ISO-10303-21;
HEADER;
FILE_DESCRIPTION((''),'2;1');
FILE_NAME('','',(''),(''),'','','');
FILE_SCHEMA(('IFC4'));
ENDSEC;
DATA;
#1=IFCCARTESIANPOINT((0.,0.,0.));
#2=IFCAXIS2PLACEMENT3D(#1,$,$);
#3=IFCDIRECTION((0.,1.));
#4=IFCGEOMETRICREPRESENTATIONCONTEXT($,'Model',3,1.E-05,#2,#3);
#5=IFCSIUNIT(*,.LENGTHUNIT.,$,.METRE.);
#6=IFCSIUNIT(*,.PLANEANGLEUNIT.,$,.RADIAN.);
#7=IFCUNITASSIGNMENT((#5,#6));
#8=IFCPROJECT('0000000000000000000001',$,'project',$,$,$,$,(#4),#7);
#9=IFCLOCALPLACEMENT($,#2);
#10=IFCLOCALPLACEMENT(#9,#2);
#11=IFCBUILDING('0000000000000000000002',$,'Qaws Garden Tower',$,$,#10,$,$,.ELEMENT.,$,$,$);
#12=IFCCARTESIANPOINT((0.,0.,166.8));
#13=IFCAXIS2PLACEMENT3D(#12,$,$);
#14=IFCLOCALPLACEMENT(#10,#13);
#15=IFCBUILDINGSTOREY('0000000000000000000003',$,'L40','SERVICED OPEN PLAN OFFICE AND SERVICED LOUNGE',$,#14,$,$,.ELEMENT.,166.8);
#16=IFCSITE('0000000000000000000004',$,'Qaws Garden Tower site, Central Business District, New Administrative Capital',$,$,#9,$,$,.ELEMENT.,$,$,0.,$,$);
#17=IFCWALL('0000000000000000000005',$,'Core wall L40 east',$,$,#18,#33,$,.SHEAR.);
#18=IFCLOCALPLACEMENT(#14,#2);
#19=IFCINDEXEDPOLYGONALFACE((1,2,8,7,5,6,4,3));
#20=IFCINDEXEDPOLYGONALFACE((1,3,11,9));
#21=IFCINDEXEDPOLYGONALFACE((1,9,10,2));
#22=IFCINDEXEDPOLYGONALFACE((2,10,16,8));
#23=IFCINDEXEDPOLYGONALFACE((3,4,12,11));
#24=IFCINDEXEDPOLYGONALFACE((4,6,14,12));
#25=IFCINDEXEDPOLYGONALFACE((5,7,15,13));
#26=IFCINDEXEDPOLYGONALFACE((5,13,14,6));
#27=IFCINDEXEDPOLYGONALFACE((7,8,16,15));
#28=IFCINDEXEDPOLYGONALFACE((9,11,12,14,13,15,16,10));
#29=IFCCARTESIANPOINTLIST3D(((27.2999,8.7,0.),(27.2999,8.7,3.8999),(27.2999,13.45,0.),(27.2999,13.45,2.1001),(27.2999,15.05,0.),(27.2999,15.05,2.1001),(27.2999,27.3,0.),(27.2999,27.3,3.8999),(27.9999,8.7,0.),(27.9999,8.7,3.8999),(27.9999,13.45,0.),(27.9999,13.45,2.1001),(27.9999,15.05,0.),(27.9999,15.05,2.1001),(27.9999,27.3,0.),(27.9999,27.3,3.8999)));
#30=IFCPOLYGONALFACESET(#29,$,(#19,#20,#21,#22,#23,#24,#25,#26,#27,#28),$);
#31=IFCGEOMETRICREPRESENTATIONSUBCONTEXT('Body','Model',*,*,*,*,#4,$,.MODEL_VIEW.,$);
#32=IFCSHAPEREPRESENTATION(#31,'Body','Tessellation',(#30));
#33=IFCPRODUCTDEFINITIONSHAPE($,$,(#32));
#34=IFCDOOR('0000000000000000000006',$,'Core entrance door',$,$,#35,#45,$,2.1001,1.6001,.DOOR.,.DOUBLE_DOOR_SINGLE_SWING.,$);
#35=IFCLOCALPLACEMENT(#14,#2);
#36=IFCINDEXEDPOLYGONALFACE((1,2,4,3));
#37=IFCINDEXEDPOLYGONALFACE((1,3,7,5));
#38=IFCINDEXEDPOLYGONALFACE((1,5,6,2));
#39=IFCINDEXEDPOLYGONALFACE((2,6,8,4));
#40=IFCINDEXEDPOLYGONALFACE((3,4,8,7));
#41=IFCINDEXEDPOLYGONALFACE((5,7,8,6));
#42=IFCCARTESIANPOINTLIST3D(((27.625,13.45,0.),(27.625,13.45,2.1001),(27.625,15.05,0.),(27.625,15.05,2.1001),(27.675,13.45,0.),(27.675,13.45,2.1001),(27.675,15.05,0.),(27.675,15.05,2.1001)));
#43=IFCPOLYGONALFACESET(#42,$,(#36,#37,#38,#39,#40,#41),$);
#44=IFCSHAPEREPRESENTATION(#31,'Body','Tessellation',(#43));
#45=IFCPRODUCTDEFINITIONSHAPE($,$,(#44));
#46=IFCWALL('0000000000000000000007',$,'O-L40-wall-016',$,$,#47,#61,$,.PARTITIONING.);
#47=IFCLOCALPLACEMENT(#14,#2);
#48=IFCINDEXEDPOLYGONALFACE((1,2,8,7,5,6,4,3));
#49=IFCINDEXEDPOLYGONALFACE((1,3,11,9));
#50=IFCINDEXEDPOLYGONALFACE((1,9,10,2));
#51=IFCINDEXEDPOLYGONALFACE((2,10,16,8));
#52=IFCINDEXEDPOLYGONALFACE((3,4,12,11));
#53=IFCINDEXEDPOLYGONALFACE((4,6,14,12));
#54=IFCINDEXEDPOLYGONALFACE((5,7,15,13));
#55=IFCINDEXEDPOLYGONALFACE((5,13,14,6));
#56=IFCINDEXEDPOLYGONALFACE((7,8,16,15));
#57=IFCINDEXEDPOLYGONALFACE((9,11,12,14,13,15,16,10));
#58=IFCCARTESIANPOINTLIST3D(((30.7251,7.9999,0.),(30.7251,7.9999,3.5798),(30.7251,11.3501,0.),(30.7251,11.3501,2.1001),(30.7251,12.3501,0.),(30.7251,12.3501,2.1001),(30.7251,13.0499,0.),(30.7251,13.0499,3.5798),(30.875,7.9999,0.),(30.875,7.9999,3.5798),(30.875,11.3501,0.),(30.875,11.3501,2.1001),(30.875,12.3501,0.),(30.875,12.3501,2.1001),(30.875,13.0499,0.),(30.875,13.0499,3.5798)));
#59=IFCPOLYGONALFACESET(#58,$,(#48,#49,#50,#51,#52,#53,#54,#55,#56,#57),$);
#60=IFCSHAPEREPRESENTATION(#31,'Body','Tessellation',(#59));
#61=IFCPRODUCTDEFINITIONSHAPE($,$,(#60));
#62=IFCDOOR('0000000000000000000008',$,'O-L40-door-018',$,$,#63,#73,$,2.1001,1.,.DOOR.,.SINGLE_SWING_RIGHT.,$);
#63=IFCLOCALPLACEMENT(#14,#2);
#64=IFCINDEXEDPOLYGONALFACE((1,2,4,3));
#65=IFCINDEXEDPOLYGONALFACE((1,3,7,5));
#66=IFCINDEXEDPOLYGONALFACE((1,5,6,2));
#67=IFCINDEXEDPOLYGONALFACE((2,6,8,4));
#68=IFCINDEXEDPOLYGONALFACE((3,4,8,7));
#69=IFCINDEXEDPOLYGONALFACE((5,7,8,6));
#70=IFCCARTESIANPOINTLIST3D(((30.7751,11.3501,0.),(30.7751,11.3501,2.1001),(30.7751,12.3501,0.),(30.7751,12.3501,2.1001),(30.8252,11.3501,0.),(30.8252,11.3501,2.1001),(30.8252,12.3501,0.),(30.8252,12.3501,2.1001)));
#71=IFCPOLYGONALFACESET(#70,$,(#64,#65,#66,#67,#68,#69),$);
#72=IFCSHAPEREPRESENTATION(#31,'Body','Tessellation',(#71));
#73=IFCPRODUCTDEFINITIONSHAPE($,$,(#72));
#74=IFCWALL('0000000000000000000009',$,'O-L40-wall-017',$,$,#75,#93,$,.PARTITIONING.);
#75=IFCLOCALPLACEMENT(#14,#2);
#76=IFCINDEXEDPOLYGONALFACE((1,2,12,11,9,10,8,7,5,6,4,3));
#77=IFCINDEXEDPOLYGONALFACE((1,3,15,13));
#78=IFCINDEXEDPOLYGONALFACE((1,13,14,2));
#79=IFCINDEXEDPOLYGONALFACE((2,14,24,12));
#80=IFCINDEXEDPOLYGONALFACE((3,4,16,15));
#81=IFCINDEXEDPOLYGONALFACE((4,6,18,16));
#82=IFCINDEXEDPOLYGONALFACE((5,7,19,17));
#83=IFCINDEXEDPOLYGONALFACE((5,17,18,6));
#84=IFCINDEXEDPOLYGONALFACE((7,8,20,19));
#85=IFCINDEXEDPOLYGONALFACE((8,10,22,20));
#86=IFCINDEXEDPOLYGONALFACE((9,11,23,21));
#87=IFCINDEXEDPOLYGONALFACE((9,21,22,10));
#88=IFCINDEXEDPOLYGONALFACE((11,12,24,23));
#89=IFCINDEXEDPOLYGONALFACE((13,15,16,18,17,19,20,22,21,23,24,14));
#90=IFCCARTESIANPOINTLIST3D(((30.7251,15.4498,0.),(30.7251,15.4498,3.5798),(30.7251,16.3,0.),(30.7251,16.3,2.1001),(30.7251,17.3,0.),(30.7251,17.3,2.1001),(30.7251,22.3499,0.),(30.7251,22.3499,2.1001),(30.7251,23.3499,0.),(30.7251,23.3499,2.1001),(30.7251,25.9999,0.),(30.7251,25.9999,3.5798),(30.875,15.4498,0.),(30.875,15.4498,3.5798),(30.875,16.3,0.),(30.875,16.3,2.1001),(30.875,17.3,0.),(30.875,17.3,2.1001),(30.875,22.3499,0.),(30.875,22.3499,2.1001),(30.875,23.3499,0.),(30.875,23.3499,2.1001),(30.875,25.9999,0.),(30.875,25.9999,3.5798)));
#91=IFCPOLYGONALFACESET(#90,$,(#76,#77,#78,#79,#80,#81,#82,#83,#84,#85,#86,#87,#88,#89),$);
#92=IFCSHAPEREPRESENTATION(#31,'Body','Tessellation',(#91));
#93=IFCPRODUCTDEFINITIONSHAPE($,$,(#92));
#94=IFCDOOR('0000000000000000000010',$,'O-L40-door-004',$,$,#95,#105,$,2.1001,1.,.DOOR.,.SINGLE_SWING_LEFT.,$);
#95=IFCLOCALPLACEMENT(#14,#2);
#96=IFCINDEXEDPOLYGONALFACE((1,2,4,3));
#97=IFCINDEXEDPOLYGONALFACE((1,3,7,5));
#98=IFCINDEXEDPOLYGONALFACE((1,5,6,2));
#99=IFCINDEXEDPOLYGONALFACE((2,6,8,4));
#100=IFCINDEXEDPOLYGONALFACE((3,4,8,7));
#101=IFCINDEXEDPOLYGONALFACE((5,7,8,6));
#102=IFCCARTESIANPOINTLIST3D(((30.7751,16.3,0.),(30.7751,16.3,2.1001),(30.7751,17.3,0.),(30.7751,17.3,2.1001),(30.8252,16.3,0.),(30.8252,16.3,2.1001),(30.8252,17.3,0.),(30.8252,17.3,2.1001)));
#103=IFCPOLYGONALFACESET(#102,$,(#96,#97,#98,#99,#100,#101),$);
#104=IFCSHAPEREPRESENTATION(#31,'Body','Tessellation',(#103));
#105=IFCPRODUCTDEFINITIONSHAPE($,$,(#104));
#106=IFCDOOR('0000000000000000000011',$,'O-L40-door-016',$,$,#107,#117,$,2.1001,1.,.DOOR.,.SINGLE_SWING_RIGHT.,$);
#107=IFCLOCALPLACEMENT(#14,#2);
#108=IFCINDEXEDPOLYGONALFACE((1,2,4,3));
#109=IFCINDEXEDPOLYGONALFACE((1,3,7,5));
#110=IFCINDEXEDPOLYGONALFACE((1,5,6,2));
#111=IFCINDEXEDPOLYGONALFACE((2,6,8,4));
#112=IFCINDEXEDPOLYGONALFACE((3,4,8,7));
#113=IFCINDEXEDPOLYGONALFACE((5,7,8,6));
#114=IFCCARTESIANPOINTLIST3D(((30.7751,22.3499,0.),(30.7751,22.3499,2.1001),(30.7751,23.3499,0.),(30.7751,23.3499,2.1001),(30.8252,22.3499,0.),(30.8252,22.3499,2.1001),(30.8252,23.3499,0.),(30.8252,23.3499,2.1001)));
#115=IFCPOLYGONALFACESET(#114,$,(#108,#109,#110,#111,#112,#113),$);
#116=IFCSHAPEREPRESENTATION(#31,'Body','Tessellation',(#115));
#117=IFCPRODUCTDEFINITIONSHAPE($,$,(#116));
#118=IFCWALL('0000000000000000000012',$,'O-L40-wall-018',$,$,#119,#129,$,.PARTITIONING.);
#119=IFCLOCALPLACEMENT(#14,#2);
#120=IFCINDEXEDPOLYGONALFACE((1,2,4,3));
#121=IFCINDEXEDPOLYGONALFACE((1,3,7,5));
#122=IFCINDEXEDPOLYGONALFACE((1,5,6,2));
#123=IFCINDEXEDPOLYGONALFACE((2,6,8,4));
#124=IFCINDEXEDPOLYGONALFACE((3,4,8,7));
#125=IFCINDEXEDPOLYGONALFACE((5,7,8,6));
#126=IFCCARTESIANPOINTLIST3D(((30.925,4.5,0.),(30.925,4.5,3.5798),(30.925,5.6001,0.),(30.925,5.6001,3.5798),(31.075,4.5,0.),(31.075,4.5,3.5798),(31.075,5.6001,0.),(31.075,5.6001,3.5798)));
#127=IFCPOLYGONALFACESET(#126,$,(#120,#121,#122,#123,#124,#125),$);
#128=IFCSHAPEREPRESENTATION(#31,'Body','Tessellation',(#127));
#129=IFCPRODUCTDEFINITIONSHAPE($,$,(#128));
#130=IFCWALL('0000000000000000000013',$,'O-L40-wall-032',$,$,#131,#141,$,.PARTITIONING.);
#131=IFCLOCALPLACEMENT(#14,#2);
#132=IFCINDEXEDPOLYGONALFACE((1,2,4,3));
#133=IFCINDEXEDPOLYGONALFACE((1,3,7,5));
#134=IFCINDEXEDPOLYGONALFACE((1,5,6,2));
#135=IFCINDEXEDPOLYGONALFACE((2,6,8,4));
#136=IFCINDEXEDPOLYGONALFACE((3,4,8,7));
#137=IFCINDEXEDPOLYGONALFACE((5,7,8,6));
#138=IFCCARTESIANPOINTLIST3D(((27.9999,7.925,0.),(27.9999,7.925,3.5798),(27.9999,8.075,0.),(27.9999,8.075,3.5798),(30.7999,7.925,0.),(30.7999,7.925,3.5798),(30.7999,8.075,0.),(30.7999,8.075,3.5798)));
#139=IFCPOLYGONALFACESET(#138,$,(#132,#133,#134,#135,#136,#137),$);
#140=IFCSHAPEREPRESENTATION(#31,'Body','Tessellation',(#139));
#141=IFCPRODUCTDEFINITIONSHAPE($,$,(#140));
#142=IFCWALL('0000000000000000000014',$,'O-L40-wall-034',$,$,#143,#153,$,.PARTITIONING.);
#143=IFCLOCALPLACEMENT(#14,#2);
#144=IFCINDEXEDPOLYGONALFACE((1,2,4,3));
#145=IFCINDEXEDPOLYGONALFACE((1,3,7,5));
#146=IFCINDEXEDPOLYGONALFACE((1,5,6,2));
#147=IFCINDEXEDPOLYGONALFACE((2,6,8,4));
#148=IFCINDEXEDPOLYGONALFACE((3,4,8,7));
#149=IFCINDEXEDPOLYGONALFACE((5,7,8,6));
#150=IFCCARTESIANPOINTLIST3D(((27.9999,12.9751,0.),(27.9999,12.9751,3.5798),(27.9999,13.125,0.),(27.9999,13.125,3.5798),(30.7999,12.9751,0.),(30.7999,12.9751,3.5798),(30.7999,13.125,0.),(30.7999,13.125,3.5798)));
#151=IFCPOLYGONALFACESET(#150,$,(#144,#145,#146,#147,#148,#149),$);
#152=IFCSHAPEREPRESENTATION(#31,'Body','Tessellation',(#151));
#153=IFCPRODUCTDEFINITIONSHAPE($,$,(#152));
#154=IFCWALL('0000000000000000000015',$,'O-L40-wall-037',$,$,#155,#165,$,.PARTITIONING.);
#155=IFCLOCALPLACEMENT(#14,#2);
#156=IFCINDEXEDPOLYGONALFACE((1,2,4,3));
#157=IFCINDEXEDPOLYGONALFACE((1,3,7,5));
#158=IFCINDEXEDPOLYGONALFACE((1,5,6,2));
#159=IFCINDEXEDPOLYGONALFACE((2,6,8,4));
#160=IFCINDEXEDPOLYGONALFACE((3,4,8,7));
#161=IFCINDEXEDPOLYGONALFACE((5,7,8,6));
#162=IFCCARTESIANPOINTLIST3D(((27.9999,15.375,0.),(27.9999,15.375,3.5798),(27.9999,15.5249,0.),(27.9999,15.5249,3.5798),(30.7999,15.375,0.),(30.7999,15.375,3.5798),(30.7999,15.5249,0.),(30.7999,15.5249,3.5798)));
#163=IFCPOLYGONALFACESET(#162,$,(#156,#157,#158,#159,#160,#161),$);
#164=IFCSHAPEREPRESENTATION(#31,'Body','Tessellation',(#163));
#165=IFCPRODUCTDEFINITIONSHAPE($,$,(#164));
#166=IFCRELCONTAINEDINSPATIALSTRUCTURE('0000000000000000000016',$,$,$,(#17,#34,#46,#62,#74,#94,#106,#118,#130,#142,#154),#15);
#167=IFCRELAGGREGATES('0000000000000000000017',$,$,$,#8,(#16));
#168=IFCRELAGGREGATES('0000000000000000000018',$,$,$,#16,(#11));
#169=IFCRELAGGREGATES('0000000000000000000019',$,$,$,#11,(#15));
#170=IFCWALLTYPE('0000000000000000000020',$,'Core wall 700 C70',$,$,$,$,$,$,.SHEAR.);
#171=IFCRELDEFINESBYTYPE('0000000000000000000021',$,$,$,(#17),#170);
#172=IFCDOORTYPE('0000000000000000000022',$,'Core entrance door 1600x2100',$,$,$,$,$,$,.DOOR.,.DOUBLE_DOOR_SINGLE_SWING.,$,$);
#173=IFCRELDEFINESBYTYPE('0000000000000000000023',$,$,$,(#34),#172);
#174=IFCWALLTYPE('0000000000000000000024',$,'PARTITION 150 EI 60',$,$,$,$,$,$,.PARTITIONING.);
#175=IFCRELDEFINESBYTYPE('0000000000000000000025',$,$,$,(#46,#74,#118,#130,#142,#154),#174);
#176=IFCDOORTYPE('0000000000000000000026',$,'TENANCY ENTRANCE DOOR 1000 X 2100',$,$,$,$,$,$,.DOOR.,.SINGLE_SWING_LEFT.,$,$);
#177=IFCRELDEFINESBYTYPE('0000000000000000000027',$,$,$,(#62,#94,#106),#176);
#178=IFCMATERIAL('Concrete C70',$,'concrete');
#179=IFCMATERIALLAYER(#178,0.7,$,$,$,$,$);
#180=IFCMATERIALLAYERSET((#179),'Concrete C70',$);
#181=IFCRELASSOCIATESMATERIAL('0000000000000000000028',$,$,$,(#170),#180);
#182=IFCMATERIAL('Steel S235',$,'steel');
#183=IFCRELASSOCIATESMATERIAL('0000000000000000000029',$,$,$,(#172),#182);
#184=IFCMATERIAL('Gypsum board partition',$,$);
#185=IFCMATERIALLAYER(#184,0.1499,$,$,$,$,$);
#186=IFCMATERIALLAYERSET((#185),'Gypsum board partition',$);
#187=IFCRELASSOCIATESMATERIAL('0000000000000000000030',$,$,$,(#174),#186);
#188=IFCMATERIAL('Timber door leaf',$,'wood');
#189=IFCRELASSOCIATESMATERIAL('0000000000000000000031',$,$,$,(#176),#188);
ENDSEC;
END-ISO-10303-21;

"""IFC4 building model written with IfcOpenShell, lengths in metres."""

from ifc_helpers import new_model, si_unit, direction, frame, frame_2d, origin, place, context, subcontext, project, spatial, rectangle, extrude, material, layer, layer_set, type_object, element, fill, save


model = new_model("IFC4")

# Units and contexts
model_context = context("Model", 3, precision=1e-05, world=origin(), true_north=direction((0.0, 1.0)))
body_context = subcontext(model_context, "Body", "Model", "MODEL_VIEW")
ifc_project = project(units=[si_unit("LENGTHUNIT", "METRE"), si_unit("PLANEANGLEUNIT", "RADIAN")], contexts=[model_context])

# Site, building, storey
site_placement = place(None, origin())
site = spatial("IfcSite", under=ifc_project, at=site_placement, Name="Qaws Garden Tower site, Central Business District, New Administrative Capital", CompositionType="ELEMENT", RefElevation=0.0)
building_placement = place(site_placement, origin())
building = spatial("IfcBuilding", under=site, at=building_placement, Name="Qaws Garden Tower", CompositionType="ELEMENT")
storey_placement = place(building_placement, frame((0.0, 0.0, 166.8)))
storey = spatial("IfcBuildingStorey", under=building, at=storey_placement, Name="L40", Description="SERVICED OPEN PLAN OFFICE AND SERVICED LOUNGE", CompositionType="ELEMENT", Elevation=166.8)

# Walls, openings, doors
ifc_material_1 = material(Name="Concrete C70", Category="concrete")
ifc_layer_1 = layer(ifc_material_1, 0.7)
ifc_layer_set_1 = layer_set([ifc_layer_1], Name="Concrete C70")
wall_type_1 = type_object("IfcWallType", Name="Core wall 700 C70", PredefinedType="SHEAR", material=ifc_layer_set_1)
wall_1_placement = place(storey_placement, frame((27.6499, 8.7, 0.0), z_axis=(0.0, 0.0, 1.0), x_axis=(0.0, 1.0, 0.0)))
wall_1 = element("IfcWall", 1, at=wall_1_placement, inside=storey, type_object=wall_type_1, Name="Core wall L40 east", PredefinedType="SHEAR", context=body_context, shape_type="SweptSolid", body=[
    extrude(rectangle(XDim=18.6001, YDim=0.7, at=frame_2d((9.3, 0.0))), origin(), (0.0, 0.0, 1.0), 3.8999),
])
opening_1_placement = place(wall_1_placement, frame((4.75, 0.0, 0.0)))
opening_1 = element("IfcOpeningElement", 2, at=opening_1_placement, cuts=wall_1, PredefinedType="OPENING", context=body_context, shape_type="SweptSolid", body=[
    extrude(rectangle(XDim=1.6001, YDim=2.1001, at=frame_2d((0.8, 1.05))), frame((0.0, 0.3599, 0.0), z_axis=(0.0, -1.0, 0.0), x_axis=(1.0, 0.0, 0.0)), (0.0, 0.0, 1.0), 0.72),
])
ifc_material_2 = material(Name="Steel S235", Category="steel")
door_type_1 = type_object("IfcDoorType", Name="Core entrance door 1600x2100", OperationType="DOUBLE_DOOR_SINGLE_SWING", PredefinedType="DOOR", material=ifc_material_2)
door_1_placement = place(opening_1_placement, origin())
door_1 = element("IfcDoor", 3, at=door_1_placement, inside=storey, type_object=door_type_1, Name="Core entrance door", OperationType="DOUBLE_DOOR_SINGLE_SWING", OverallHeight=2.1001, OverallWidth=1.6001, PredefinedType="DOOR", context=body_context, shape_type="SweptSolid", body=[
    extrude(rectangle(XDim=1.6001, YDim=2.1001, at=frame_2d((0.8, 1.05))), frame((0.0, 0.0249, 0.0), z_axis=(0.0, -1.0, 0.0), x_axis=(1.0, 0.0, 0.0)), (0.0, 0.0, 1.0), 0.05),
])
fill(opening_1, door_1)
ifc_material_3 = material(Name="Gypsum board partition")
ifc_layer_2 = layer(ifc_material_3, 0.1499)
ifc_layer_set_2 = layer_set([ifc_layer_2], Name="Gypsum board partition")
wall_type_2 = type_object("IfcWallType", Name="PARTITION 150 EI 60", PredefinedType="PARTITIONING", material=ifc_layer_set_2)
wall_2_placement = place(storey_placement, frame((30.8, 8.0, 0.0), z_axis=(0.0, 0.0, 1.0), x_axis=(0.0, 1.0, 0.0)))
wall_2 = element("IfcWall", 4, at=wall_2_placement, inside=storey, type_object=wall_type_2, Name="O-L40-wall-016", PredefinedType="PARTITIONING", context=body_context, shape_type="SweptSolid", body=[
    extrude(rectangle(XDim=5.05, YDim=0.1499, at=frame_2d((2.5249, 0.0))), origin(), (0.0, 0.0, 1.0), 3.5798),
])
opening_2_placement = place(wall_2_placement, frame((3.3501, 0.0, 0.0)))
opening_2 = element("IfcOpeningElement", 5, at=opening_2_placement, cuts=wall_2, PredefinedType="OPENING", context=body_context, shape_type="SweptSolid", body=[
    extrude(rectangle(XDim=1.0, YDim=2.1001, at=frame_2d((0.5, 1.05))), frame((0.0, 0.085, 0.0), z_axis=(0.0, -1.0, 0.0), x_axis=(1.0, 0.0, 0.0)), (0.0, 0.0, 1.0), 0.1699),
])
ifc_material_4 = material(Name="Timber door leaf", Category="wood")
door_type_2 = type_object("IfcDoorType", Name="TENANCY ENTRANCE DOOR 1000 X 2100", OperationType="SINGLE_SWING_LEFT", PredefinedType="DOOR", material=ifc_material_4)
door_2_placement = place(opening_2_placement, origin())
door_2 = element("IfcDoor", 6, at=door_2_placement, inside=storey, type_object=door_type_2, Name="O-L40-door-018", OperationType="SINGLE_SWING_RIGHT", OverallHeight=2.1001, OverallWidth=1.0, PredefinedType="DOOR", context=body_context, shape_type="SweptSolid", body=[
    extrude(rectangle(XDim=1.0, YDim=2.1001, at=frame_2d((0.5, 1.05))), frame((0.0, 0.0249, 0.0), z_axis=(0.0, -1.0, 0.0), x_axis=(1.0, 0.0, 0.0)), (0.0, 0.0, 1.0), 0.05),
])
fill(opening_2, door_2)

# Wall, openings, doors
wall_3_placement = place(storey_placement, frame((30.8, 15.45, 0.0), z_axis=(0.0, 0.0, 1.0), x_axis=(0.0, 1.0, 0.0)))
wall_3 = element("IfcWall", 7, at=wall_3_placement, inside=storey, type_object=wall_type_2, Name="O-L40-wall-017", PredefinedType="PARTITIONING", context=body_context, shape_type="SweptSolid", body=[
    extrude(rectangle(XDim=10.55, YDim=0.1499, at=frame_2d((5.2749, 0.0))), origin(), (0.0, 0.0, 1.0), 3.5798),
])
opening_3_placement = place(wall_3_placement, frame((0.8501, 0.0, 0.0)))
opening_3 = element("IfcOpeningElement", 8, at=opening_3_placement, cuts=wall_3, PredefinedType="OPENING", context=body_context, shape_type="SweptSolid", body=[
    extrude(rectangle(XDim=1.0, YDim=2.1001, at=frame_2d((0.5, 1.05))), frame((0.0, 0.085, 0.0), z_axis=(0.0, -1.0, 0.0), x_axis=(1.0, 0.0, 0.0)), (0.0, 0.0, 1.0), 0.1699),
])
opening_4_placement = place(wall_3_placement, frame((6.8999, 0.0, 0.0)))
opening_4 = element("IfcOpeningElement", 9, at=opening_4_placement, cuts=wall_3, PredefinedType="OPENING", context=body_context, shape_type="SweptSolid", body=[
    extrude(rectangle(XDim=1.0, YDim=2.1001, at=frame_2d((0.5, 1.05))), frame((0.0, 0.085, 0.0), z_axis=(0.0, -1.0, 0.0), x_axis=(1.0, 0.0, 0.0)), (0.0, 0.0, 1.0), 0.1699),
])
door_3_placement = place(opening_3_placement, origin())
door_3 = element("IfcDoor", 10, at=door_3_placement, inside=storey, type_object=door_type_2, Name="O-L40-door-004", OperationType="SINGLE_SWING_LEFT", OverallHeight=2.1001, OverallWidth=1.0, PredefinedType="DOOR", context=body_context, shape_type="SweptSolid", body=[
    extrude(rectangle(XDim=1.0, YDim=2.1001, at=frame_2d((0.5, 1.05))), frame((0.0, 0.0249, 0.0), z_axis=(0.0, -1.0, 0.0), x_axis=(1.0, 0.0, 0.0)), (0.0, 0.0, 1.0), 0.05),
])
fill(opening_3, door_3)
door_4_placement = place(opening_4_placement, origin())
door_4 = element("IfcDoor", 11, at=door_4_placement, inside=storey, type_object=door_type_2, Name="O-L40-door-016", OperationType="SINGLE_SWING_RIGHT", OverallHeight=2.1001, OverallWidth=1.0, PredefinedType="DOOR", context=body_context, shape_type="SweptSolid", body=[
    extrude(rectangle(XDim=1.0, YDim=2.1001, at=frame_2d((0.5, 1.05))), frame((0.0, 0.0249, 0.0), z_axis=(0.0, -1.0, 0.0), x_axis=(1.0, 0.0, 0.0)), (0.0, 0.0, 1.0), 0.05),
])
fill(opening_4, door_4)

# Walls
wall_4_placement = place(storey_placement, frame((31.0, 4.5, 0.0), z_axis=(0.0, 0.0, 1.0), x_axis=(0.0, 1.0, 0.0)))
element("IfcWall", 12, at=wall_4_placement, inside=storey, type_object=wall_type_2, Name="O-L40-wall-018", PredefinedType="PARTITIONING", context=body_context, shape_type="SweptSolid", body=[
    extrude(rectangle(XDim=1.1001, YDim=0.1499, at=frame_2d((0.55, 0.0))), origin(), (0.0, 0.0, 1.0), 3.5798),
])
for number, where, z_axis, x_axis, name in (
    (13, (28.0, 8.0, 0.0), (0.0, 0.0, 1.0), (1.0, 0.0, 0.0), "O-L40-wall-032"),
    (14, (28.0, 13.05, 0.0), (0.0, 0.0, 1.0), (1.0, 0.0, 0.0), "O-L40-wall-034"),
    (15, (28.0, 15.45, 0.0), (0.0, 0.0, 1.0), (1.0, 0.0, 0.0), "O-L40-wall-037"),
):
    element("IfcWall", number, at=place(storey_placement, frame(where, z_axis=z_axis, x_axis=x_axis)), inside=storey, type_object=wall_type_2, Name=name, PredefinedType="PARTITIONING", context=body_context, shape_type="SweptSolid", body=[
        extrude(rectangle(XDim=2.8, YDim=0.1499, at=frame_2d((1.3999, 0.0))), origin(), (0.0, 0.0, 1.0), 3.5798),
    ])

save(model, "model.ifc")
